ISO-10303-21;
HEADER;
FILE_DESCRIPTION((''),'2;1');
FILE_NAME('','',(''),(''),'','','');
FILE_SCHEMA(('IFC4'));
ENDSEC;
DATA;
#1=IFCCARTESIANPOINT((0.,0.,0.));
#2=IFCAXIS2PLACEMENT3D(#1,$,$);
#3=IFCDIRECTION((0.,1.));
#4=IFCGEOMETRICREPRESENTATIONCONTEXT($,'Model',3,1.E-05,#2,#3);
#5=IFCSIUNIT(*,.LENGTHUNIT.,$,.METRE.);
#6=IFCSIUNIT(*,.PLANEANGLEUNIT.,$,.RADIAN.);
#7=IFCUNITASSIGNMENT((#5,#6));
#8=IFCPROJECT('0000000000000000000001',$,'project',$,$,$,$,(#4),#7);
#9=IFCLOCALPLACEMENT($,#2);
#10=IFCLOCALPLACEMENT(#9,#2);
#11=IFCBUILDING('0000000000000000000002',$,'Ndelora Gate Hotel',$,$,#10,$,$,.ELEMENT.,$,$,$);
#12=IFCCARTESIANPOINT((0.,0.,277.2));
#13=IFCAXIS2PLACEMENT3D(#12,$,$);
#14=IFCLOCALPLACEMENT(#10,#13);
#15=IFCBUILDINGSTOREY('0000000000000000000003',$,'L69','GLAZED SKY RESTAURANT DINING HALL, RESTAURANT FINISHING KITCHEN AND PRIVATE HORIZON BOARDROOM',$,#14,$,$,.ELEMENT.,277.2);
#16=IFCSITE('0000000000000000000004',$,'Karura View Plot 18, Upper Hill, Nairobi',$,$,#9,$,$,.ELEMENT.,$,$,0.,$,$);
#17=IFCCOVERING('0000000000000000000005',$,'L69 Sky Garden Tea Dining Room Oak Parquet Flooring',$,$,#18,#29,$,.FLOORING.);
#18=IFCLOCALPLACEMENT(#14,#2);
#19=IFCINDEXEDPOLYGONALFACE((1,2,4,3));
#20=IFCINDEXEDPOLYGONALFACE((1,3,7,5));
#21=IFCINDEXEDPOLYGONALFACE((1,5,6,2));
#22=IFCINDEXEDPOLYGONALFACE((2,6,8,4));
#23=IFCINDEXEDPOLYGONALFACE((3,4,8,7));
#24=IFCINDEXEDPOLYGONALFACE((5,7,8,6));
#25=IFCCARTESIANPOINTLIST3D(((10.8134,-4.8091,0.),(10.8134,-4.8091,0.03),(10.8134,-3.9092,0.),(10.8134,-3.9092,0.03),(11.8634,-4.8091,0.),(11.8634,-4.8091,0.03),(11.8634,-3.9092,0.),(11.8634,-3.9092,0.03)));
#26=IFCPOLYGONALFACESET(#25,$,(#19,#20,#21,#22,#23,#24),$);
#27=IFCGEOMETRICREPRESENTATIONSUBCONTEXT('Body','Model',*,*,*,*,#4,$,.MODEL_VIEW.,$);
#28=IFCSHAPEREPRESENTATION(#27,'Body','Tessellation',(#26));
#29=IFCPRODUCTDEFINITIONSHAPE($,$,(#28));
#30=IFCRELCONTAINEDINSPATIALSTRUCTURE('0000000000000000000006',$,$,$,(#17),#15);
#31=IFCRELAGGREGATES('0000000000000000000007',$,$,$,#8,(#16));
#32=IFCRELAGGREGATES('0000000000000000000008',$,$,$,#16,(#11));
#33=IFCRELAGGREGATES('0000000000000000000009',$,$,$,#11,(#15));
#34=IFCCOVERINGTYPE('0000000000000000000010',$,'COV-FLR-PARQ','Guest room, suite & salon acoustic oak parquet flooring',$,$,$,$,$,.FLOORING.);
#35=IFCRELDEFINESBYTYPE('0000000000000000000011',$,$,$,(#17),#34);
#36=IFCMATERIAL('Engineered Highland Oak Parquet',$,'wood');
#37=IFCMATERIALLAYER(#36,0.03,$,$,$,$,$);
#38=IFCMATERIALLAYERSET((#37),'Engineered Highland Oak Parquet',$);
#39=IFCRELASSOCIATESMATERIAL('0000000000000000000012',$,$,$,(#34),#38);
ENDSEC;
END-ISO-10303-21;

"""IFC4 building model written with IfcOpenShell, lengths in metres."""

from ifc_helpers import new_model, si_unit, direction, frame, origin, origin_2d, place, context, subcontext, project, spatial, rectangle, extrude, material, layer, layer_set, type_object, element, save


model = new_model("IFC4")

# Units and contexts
model_context = context("Model", 3, precision=1e-05, world=origin(), true_north=direction((0.0, 1.0)))
body_context = subcontext(model_context, "Body", "Model", "MODEL_VIEW")
ifc_project = project(units=[si_unit("LENGTHUNIT", "METRE"), si_unit("PLANEANGLEUNIT", "RADIAN")], contexts=[model_context])

# Site, building, storey
site_placement = place(None, origin())
site = spatial("IfcSite", under=ifc_project, at=site_placement, Name="Karura View Plot 18, Upper Hill, Nairobi", CompositionType="ELEMENT", RefElevation=0.0)
building_placement = place(site_placement, origin())
building = spatial("IfcBuilding", under=site, at=building_placement, Name="Ndelora Gate Hotel", CompositionType="ELEMENT")
storey_placement = place(building_placement, frame((0.0, 0.0, 277.2)))
storey = spatial("IfcBuildingStorey", under=building, at=storey_placement, Name="L69", Description="GLAZED SKY RESTAURANT DINING HALL, RESTAURANT FINISHING KITCHEN AND PRIVATE HORIZON BOARDROOM", CompositionType="ELEMENT", Elevation=277.2)

# Covering
ifc_material_1 = material(Name="Engineered Highland Oak Parquet", Category="wood")
ifc_layer_1 = layer(ifc_material_1, 0.03)
ifc_layer_set_1 = layer_set([ifc_layer_1], Name="Engineered Highland Oak Parquet")
covering_type = type_object("IfcCoveringType", Name="COV-FLR-PARQ", Description="Guest room, suite & salon acoustic oak parquet flooring", PredefinedType="FLOORING", material=ifc_layer_set_1)
covering_placement = place(storey_placement, frame((11.3384, -4.3591, 0.0), z_axis=(0.0, 0.0, 1.0), x_axis=(1.0, 0.0, 0.0)))
element("IfcCovering", 1, at=covering_placement, inside=storey, type_object=covering_type, Name="L69 Sky Garden Tea Dining Room Oak Parquet Flooring", PredefinedType="FLOORING", context=body_context, shape_type="SweptSolid", body=[
    extrude(rectangle(XDim=1.05, YDim=0.8999, at=origin_2d()), origin(), (0.0, 0.0, 1.0), 0.03),
])

save(model, "model.ifc")
